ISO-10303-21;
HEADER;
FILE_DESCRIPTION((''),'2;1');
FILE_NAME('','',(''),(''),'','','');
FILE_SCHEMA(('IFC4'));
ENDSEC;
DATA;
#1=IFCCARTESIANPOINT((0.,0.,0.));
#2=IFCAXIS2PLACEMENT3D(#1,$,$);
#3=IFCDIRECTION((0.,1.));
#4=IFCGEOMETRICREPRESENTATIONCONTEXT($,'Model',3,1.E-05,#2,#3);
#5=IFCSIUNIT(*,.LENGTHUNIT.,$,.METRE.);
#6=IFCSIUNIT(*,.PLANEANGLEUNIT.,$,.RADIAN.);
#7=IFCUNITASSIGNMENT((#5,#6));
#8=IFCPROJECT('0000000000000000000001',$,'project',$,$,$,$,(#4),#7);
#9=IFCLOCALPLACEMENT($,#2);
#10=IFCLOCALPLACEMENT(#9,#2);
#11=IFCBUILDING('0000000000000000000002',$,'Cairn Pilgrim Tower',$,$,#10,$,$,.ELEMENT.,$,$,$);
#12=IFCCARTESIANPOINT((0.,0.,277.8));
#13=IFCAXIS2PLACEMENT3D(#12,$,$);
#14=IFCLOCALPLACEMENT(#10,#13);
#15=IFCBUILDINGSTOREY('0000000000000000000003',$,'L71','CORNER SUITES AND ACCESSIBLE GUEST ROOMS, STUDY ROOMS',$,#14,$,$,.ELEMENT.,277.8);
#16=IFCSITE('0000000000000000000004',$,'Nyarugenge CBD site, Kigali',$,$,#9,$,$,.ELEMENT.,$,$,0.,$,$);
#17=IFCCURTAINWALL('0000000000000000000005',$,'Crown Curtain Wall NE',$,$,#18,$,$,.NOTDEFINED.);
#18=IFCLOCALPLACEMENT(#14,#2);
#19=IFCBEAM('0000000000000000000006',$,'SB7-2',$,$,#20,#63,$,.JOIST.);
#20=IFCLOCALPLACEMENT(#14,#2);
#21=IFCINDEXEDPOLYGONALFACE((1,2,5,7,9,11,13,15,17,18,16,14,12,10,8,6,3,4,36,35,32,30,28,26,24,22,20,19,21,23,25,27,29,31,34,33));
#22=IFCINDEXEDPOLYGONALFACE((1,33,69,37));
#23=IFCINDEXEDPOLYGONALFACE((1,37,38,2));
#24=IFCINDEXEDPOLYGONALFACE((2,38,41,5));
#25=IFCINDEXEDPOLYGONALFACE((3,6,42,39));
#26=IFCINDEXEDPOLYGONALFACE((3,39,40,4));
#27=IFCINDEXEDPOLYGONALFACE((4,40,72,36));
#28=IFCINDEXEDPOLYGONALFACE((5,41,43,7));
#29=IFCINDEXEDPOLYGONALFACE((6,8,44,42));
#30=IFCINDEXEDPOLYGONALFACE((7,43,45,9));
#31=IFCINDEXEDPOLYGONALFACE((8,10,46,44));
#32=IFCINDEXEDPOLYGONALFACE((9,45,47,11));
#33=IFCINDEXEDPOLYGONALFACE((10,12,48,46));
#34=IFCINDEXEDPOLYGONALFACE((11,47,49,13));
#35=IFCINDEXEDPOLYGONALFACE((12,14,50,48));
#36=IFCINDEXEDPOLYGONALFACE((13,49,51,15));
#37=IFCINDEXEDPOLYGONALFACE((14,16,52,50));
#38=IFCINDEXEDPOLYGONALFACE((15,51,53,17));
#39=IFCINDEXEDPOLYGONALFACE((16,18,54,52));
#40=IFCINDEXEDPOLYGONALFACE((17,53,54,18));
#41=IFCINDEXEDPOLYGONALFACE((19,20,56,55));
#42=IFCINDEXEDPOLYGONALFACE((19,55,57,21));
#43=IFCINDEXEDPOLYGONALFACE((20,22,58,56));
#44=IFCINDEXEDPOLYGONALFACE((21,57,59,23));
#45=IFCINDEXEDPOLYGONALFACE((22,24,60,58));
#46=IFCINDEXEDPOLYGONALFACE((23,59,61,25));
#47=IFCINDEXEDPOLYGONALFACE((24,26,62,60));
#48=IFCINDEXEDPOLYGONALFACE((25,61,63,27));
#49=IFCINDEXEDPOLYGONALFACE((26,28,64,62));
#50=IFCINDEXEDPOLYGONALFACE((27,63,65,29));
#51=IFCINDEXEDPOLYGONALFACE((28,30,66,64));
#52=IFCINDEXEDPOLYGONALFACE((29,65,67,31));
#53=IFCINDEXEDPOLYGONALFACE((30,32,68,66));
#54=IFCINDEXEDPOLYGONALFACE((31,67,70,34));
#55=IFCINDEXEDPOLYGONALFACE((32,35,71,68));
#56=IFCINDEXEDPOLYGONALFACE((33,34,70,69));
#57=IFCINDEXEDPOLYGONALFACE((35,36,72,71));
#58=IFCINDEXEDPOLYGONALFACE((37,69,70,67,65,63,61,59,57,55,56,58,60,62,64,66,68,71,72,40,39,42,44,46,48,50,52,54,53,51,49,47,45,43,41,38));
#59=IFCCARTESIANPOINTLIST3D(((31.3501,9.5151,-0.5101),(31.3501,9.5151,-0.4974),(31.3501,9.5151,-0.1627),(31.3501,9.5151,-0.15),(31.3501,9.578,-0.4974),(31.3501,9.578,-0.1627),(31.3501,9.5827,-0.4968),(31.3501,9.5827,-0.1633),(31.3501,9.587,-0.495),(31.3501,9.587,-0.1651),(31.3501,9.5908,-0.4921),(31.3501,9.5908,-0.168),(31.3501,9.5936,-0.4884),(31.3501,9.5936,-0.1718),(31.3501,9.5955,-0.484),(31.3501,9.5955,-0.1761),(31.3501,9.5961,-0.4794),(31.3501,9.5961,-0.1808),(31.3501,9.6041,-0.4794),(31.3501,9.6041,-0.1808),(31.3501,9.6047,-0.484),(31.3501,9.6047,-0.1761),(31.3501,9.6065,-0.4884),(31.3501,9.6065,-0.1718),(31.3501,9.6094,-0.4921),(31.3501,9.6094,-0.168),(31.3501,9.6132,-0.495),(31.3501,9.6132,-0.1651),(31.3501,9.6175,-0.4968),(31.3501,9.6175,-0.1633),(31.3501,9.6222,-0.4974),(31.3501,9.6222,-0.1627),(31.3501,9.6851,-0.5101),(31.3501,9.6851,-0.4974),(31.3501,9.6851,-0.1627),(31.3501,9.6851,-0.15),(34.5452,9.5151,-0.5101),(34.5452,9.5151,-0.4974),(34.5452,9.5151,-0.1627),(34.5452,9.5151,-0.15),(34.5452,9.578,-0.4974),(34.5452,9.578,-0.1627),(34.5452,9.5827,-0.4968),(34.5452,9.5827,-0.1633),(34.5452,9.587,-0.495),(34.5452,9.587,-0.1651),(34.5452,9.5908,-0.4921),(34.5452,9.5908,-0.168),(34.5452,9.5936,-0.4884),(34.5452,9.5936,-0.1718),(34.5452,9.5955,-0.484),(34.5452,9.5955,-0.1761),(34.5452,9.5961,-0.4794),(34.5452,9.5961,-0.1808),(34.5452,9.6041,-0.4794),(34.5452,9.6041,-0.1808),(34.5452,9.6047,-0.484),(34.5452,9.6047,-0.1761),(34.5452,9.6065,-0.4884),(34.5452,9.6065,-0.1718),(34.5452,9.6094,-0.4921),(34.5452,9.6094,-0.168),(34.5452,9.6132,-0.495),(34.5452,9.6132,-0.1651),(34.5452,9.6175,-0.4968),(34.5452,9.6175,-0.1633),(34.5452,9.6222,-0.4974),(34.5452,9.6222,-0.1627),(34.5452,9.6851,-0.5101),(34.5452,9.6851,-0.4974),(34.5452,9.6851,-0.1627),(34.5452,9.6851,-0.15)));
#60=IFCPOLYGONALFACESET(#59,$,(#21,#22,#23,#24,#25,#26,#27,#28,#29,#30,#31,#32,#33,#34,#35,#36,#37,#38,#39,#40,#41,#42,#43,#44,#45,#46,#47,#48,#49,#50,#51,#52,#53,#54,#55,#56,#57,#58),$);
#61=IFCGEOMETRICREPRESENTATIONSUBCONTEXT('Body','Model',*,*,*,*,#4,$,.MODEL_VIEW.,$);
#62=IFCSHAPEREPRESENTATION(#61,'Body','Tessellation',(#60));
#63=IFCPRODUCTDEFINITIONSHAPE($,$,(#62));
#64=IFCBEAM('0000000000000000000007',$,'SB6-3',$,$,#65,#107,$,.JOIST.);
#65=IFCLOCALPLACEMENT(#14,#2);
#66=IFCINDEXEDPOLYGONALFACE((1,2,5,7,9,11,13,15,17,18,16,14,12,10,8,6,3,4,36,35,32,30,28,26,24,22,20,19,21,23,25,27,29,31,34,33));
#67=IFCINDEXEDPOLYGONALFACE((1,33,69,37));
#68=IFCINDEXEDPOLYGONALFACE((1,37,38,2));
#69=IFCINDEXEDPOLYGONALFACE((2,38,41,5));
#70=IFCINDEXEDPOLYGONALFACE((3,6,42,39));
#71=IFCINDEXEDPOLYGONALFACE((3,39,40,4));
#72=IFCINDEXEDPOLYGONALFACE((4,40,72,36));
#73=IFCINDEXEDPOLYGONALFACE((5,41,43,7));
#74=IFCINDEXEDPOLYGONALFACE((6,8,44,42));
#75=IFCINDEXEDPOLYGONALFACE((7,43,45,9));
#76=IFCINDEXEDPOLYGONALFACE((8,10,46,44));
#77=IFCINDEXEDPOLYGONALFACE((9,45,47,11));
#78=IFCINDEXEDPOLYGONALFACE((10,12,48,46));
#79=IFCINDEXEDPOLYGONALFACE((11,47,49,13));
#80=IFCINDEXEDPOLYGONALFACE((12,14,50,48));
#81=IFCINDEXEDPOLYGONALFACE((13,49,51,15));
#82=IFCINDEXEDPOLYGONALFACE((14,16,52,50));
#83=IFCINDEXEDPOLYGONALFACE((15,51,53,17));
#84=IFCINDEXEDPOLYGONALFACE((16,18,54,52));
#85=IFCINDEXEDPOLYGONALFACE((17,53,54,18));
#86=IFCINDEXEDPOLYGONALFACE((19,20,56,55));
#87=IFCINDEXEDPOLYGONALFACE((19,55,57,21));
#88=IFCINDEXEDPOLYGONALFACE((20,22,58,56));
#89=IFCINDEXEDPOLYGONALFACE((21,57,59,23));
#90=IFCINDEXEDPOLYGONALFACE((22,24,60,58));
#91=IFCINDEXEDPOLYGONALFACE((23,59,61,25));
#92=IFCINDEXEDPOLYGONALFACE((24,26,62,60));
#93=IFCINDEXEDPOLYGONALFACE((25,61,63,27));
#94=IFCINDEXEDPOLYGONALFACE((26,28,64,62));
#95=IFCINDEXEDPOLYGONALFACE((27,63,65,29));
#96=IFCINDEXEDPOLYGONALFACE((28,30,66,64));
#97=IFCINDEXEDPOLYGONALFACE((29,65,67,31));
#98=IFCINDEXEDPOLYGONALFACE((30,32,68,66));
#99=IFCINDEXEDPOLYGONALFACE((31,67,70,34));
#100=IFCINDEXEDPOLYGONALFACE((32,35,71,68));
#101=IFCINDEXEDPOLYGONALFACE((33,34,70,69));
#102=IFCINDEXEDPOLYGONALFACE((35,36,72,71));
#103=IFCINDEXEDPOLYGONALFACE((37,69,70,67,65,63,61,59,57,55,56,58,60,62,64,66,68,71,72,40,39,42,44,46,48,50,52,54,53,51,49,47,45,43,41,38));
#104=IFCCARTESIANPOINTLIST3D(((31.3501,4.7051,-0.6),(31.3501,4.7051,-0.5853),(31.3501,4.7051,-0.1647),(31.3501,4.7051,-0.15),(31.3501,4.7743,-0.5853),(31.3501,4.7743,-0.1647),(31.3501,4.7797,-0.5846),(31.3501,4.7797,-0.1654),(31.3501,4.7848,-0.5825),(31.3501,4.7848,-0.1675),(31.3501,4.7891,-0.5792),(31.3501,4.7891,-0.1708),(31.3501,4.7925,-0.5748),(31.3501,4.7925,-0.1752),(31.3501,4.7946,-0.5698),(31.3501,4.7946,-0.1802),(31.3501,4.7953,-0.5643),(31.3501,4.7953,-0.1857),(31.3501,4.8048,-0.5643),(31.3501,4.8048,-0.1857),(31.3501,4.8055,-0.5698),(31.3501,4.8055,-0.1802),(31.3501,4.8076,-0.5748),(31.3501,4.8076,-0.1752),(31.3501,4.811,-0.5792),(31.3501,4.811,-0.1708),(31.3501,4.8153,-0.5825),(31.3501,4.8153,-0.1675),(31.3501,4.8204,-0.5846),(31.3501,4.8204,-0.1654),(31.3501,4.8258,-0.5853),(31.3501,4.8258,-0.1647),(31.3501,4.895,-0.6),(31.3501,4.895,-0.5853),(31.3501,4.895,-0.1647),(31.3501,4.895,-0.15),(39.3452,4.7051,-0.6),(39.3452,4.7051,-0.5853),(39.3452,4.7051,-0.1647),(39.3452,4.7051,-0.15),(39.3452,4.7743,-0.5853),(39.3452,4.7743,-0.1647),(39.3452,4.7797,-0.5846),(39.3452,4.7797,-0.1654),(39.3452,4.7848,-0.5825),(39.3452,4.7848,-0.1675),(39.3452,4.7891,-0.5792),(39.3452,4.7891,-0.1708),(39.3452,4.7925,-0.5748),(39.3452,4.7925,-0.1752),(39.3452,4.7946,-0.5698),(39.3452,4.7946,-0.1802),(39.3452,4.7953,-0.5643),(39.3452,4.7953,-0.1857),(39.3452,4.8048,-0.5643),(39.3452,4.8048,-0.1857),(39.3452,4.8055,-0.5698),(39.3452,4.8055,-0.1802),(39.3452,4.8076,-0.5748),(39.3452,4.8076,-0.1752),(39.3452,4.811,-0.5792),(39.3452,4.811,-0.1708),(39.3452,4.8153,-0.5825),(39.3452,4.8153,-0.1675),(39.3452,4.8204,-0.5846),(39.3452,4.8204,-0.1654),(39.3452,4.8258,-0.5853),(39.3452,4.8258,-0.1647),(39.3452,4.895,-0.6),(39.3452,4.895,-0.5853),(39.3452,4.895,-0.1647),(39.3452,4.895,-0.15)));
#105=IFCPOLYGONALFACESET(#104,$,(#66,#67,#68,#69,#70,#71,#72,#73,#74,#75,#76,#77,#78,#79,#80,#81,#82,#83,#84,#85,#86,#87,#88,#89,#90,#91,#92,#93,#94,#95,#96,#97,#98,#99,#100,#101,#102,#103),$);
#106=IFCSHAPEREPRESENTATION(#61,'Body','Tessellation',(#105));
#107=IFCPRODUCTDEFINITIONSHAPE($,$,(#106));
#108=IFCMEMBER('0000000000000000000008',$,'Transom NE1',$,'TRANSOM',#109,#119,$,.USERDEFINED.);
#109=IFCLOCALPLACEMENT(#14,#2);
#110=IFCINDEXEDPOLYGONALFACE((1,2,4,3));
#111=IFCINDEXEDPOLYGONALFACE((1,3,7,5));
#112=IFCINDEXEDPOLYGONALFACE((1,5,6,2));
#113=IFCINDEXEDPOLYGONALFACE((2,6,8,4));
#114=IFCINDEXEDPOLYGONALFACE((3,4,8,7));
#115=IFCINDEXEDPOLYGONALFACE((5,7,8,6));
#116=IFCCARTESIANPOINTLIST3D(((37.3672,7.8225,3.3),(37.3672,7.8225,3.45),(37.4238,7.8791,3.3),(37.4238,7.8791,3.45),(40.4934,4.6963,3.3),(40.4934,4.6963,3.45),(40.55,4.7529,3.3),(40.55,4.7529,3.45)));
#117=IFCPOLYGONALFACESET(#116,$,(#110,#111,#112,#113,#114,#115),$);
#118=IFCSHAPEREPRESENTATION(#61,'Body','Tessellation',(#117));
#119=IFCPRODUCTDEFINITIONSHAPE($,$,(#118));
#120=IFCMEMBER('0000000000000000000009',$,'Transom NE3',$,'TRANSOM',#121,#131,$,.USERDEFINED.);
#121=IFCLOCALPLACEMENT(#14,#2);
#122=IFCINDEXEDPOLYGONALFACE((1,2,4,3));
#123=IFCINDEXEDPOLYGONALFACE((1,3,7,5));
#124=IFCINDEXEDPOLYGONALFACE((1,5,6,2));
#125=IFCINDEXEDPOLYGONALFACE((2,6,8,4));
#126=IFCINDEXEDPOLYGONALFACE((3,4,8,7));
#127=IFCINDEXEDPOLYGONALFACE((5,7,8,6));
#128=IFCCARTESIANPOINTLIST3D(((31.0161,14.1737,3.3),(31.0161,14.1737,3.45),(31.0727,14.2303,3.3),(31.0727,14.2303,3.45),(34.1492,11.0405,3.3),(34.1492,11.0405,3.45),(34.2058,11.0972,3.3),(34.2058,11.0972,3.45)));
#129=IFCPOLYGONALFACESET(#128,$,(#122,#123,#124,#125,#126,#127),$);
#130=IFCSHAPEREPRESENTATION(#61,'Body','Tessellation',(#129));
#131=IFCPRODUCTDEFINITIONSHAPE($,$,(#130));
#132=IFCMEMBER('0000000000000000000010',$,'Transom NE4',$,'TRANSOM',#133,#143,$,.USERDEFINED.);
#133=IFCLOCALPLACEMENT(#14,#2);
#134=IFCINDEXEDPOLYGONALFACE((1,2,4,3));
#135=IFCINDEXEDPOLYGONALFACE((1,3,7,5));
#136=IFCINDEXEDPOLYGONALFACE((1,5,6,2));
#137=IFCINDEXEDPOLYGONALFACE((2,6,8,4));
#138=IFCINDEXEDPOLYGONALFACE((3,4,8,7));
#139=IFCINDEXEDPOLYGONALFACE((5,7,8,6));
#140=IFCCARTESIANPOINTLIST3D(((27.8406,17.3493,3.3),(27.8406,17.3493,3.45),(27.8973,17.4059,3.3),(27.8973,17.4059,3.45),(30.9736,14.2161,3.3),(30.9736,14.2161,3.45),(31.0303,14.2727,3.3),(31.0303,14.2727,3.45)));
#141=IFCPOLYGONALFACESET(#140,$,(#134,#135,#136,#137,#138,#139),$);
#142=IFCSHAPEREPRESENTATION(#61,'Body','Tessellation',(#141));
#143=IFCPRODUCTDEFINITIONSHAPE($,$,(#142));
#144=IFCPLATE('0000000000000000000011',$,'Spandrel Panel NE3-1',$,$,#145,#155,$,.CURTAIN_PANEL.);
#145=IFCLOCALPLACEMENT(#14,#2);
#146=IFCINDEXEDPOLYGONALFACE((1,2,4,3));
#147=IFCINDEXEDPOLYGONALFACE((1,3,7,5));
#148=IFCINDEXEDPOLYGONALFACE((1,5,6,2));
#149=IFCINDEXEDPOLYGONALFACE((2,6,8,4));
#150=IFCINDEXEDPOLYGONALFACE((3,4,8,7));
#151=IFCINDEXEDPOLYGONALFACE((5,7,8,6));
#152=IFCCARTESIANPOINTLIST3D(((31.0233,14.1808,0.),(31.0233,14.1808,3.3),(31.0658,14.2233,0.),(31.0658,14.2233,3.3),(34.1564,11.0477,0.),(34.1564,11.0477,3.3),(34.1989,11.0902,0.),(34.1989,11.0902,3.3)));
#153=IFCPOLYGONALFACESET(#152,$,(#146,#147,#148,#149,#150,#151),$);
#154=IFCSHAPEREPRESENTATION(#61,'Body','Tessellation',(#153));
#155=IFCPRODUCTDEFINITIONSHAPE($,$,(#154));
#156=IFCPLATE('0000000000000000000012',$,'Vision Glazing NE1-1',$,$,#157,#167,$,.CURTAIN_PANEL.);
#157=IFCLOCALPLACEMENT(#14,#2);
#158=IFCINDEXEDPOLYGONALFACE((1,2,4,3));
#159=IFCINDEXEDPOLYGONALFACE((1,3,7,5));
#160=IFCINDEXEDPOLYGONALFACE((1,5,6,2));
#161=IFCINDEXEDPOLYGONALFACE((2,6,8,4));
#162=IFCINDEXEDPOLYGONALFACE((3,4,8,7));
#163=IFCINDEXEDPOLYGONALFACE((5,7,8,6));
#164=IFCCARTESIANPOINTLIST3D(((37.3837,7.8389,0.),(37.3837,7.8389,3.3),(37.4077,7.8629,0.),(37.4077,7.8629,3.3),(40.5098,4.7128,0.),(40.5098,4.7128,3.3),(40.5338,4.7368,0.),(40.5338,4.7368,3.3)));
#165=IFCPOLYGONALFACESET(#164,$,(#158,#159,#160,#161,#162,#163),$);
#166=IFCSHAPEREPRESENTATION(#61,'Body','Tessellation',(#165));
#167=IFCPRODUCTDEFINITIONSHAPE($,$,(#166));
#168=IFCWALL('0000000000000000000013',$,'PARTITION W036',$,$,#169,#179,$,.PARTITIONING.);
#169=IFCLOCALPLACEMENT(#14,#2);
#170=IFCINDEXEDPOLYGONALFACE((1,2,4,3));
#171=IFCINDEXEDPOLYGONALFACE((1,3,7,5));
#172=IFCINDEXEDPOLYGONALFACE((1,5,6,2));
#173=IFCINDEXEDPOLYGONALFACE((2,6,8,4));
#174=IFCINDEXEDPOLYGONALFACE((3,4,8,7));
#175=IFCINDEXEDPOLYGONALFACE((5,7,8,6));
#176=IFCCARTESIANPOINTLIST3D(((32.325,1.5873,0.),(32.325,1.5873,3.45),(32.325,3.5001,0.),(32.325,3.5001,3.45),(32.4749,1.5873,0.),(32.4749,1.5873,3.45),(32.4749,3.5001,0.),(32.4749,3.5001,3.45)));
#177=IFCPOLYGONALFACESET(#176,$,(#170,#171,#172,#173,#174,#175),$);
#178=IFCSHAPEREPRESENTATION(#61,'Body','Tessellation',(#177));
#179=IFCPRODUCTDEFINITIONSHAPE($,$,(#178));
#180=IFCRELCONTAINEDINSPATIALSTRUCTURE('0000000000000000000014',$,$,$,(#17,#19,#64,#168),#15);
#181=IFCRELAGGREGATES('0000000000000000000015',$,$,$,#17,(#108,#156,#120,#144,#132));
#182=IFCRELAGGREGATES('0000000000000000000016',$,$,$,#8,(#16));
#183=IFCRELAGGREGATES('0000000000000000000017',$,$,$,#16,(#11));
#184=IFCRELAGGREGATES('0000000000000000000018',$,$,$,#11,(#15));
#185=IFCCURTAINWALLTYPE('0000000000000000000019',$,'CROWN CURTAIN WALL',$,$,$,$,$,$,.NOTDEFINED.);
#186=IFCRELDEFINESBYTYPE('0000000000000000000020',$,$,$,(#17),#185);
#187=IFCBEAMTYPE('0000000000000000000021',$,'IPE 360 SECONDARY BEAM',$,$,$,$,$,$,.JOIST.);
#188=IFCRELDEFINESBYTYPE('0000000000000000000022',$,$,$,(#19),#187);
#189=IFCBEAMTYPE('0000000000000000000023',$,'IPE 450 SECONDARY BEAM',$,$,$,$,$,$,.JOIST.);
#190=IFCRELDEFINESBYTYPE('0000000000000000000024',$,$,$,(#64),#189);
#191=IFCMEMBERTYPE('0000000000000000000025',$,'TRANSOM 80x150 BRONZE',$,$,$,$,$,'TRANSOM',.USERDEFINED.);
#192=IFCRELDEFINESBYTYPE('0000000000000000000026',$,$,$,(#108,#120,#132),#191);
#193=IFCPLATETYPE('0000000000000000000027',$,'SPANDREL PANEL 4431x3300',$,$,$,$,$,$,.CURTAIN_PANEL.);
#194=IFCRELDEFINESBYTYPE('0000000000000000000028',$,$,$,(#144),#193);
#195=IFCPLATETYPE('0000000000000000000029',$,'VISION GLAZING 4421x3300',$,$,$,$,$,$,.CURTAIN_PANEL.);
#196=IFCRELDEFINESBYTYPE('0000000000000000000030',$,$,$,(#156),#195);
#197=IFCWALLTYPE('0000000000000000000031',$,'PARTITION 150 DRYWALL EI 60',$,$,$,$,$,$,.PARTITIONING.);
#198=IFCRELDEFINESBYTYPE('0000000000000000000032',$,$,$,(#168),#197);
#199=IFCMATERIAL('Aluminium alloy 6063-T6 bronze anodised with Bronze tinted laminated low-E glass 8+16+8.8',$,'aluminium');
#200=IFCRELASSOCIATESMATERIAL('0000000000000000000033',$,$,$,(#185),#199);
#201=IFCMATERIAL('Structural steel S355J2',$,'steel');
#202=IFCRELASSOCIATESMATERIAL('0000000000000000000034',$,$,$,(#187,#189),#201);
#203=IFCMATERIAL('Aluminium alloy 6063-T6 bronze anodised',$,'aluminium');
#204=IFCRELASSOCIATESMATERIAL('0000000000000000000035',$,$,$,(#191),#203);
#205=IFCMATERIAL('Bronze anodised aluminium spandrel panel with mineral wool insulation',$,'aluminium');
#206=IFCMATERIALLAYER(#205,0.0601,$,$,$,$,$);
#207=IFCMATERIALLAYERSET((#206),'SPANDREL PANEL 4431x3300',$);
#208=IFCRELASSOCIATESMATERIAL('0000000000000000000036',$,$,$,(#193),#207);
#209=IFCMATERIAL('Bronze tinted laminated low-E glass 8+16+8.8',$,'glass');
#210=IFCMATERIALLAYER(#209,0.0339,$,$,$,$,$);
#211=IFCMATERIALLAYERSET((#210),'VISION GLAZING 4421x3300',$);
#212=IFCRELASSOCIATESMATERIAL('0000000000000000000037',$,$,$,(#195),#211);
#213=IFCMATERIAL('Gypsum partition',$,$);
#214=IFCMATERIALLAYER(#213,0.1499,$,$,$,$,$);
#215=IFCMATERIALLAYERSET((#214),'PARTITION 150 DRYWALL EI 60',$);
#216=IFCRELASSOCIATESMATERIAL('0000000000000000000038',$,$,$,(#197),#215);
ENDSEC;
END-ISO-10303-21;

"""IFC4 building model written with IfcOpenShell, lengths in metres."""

from ifc_helpers import new_model, si_unit, direction, frame, frame_2d, origin, origin_2d, place, context, subcontext, project, spatial, rectangle, i_section, extrude, material, layer, layer_set, material_profile, profile_set, type_object, element, aggregate, save


model = new_model("IFC4")

# Units and contexts
model_context = context("Model", 3, precision=1e-05, world=origin(), true_north=direction((0.0, 1.0)))
body_context = subcontext(model_context, "Body", "Model", "MODEL_VIEW")
ifc_project = project(units=[si_unit("LENGTHUNIT", "METRE"), si_unit("PLANEANGLEUNIT", "RADIAN")], contexts=[model_context])

# Site, building, storey
site_placement = place(None, origin())
site = spatial("IfcSite", under=ifc_project, at=site_placement, Name="Nyarugenge CBD site, Kigali", CompositionType="ELEMENT", RefElevation=0.0)
building_placement = place(site_placement, origin())
building = spatial("IfcBuilding", under=site, at=building_placement, Name="Cairn Pilgrim Tower", CompositionType="ELEMENT")
storey_placement = place(building_placement, frame((0.0, 0.0, 277.8)))
storey = spatial("IfcBuildingStorey", under=building, at=storey_placement, Name="L71", Description="CORNER SUITES AND ACCESSIBLE GUEST ROOMS, STUDY ROOMS", CompositionType="ELEMENT", Elevation=277.8)

# Shared definitions
ifc_material_1 = material(Name="Structural steel S355J2", Category="steel")

# Curtain wall
ifc_material_2 = material(Name="Aluminium alloy 6063-T6 bronze anodised with Bronze tinted laminated low-E glass 8+16+8.8", Category="aluminium")
curtain_wall_type = type_object("IfcCurtainWallType", Name="CROWN CURTAIN WALL", PredefinedType="NOTDEFINED", material=ifc_material_2)
curtain_wall_placement = place(storey_placement, origin())
curtain_wall = element("IfcCurtainWall", 1, at=curtain_wall_placement, inside=storey, type_object=curtain_wall_type, Name="Crown Curtain Wall NE", PredefinedType="NOTDEFINED")
ifc_material_3 = material(Name="Aluminium alloy 6063-T6 bronze anodised", Category="aluminium")

# Beams
ifc_material_profile_1 = material_profile(ifc_material_1, i_section(OverallWidth=0.1699, OverallDepth=0.3601, WebThickness=0.0081, FlangeThickness=0.0127, FilletRadius=0.0181, at=origin_2d()), Name="IPE 360")
ifc_profile_set_1 = profile_set([ifc_material_profile_1], Name="Structural steel S355J2")
beam_type_1 = type_object("IfcBeamType", Name="IPE 360 SECONDARY BEAM", PredefinedType="JOIST", material=ifc_profile_set_1)
beam_1_placement = place(storey_placement, frame((31.3501, 9.6001, -0.3301), z_axis=(1.0, 0.0, 0.0), x_axis=(0.0, 1.0, 0.0)))
element("IfcBeam", 2, at=beam_1_placement, inside=storey, type_object=beam_type_1, Name="SB7-2", PredefinedType="JOIST", context=body_context, shape_type="SweptSolid", body=[
    extrude(i_section(OverallWidth=0.1699, OverallDepth=0.3601, WebThickness=0.0081, FlangeThickness=0.0127, FilletRadius=0.0181, at=origin_2d()), origin(), (0.0, 0.0, 1.0), 3.1951),
])
ifc_material_profile_2 = material_profile(ifc_material_1, i_section(OverallWidth=0.1899, OverallDepth=0.45, WebThickness=0.0095, FlangeThickness=0.0146, FilletRadius=0.021, at=origin_2d()), Name="IPE 450")
ifc_profile_set_2 = profile_set([ifc_material_profile_2], Name="Structural steel S355J2")
beam_type_2 = type_object("IfcBeamType", Name="IPE 450 SECONDARY BEAM", PredefinedType="JOIST", material=ifc_profile_set_2)
beam_2_placement = place(storey_placement, frame((31.3501, 4.8, -0.375), z_axis=(1.0, 0.0, 0.0), x_axis=(0.0, 1.0, 0.0)))
element("IfcBeam", 3, at=beam_2_placement, inside=storey, type_object=beam_type_2, Name="SB6-3", PredefinedType="JOIST", context=body_context, shape_type="SweptSolid", body=[
    extrude(i_section(OverallWidth=0.1899, OverallDepth=0.45, WebThickness=0.0095, FlangeThickness=0.0146, FilletRadius=0.021, at=origin_2d()), origin(), (0.0, 0.0, 1.0), 7.9951),
])

# Members
ifc_material_profile_3 = material_profile(ifc_material_3, rectangle(XDim=0.0801, YDim=0.1499, at=origin_2d()), Name="TRANSOM 80x150 BRONZE")
ifc_profile_set_3 = profile_set([ifc_material_profile_3], Name="Aluminium alloy 6063-T6 bronze anodised")
member_type_1 = type_object("IfcMemberType", Name="TRANSOM 80x150 BRONZE", ElementType="TRANSOM", PredefinedType="USERDEFINED", material=ifc_profile_set_3)
member_1_placement = place(storey_placement, frame((40.5217, 4.7246, 3.375), z_axis=(-0.707107, 0.707107, 0.0), x_axis=(-0.707107, -0.707107, 0.0)))
member_1 = element("IfcMember", 4, at=member_1_placement, type_object=member_type_1, Name="Transom NE1", ObjectType="TRANSOM", PredefinedType="USERDEFINED", context=body_context, shape_type="SweptSolid", body=[
    extrude(rectangle(XDim=0.0801, YDim=0.1499, at=origin_2d()), origin(), (0.0, 0.0, 1.0), 4.4211),
])
member_2_placement = place(storey_placement, frame((34.1775, 11.0688, 3.375), z_axis=(-0.707107, 0.707107, 0.0), x_axis=(-0.707107, -0.707107, 0.0)))
member_2 = element("IfcMember", 5, at=member_2_placement, type_object=member_type_1, Name="Transom NE3", ObjectType="TRANSOM", PredefinedType="USERDEFINED", context=body_context, shape_type="SweptSolid", body=[
    extrude(rectangle(XDim=0.0801, YDim=0.1499, at=origin_2d()), origin(), (0.0, 0.0, 1.0), 4.4309),
])
member_3_placement = place(storey_placement, frame((31.002, 14.2444, 3.375), z_axis=(-0.707079, 0.707134, 0.0), x_axis=(-0.707134, -0.707079, 0.0)))
member_3 = element("IfcMember", 6, at=member_3_placement, type_object=member_type_1, Name="Transom NE4", ObjectType="TRANSOM", PredefinedType="USERDEFINED", context=body_context, shape_type="SweptSolid", body=[
    extrude(rectangle(XDim=0.0801, YDim=0.1499, at=origin_2d()), origin(), (0.0, 0.0, 1.0), 4.4309),
])

# Plates
ifc_material_4 = material(Name="Bronze anodised aluminium spandrel panel with mineral wool insulation", Category="aluminium")
ifc_layer_1 = layer(ifc_material_4, 0.0601)
ifc_layer_set_1 = layer_set([ifc_layer_1], Name="SPANDREL PANEL 4431x3300")
plate_type_1 = type_object("IfcPlateType", Name="SPANDREL PANEL 4431x3300", PredefinedType="CURTAIN_PANEL", material=ifc_layer_set_1)
plate_1_placement = place(storey_placement, frame((32.6111, 12.6355, 0.0), z_axis=(0.0, 0.0, 1.0), x_axis=(-0.707107, 0.707107, 0.0)))
plate_1 = element("IfcPlate", 7, at=plate_1_placement, type_object=plate_type_1, Name="Spandrel Panel NE3-1", PredefinedType="CURTAIN_PANEL", context=body_context, shape_type="SweptSolid", body=[
    extrude(rectangle(XDim=4.4309, YDim=0.0601, at=origin_2d()), origin(), (0.0, 0.0, 1.0), 3.3),
])
ifc_material_5 = material(Name="Bronze tinted laminated low-E glass 8+16+8.8", Category="glass")
ifc_layer_2 = layer(ifc_material_5, 0.0339)
ifc_layer_set_2 = layer_set([ifc_layer_2], Name="VISION GLAZING 4421x3300")
plate_type_2 = type_object("IfcPlateType", Name="VISION GLAZING 4421x3300", PredefinedType="CURTAIN_PANEL", material=ifc_layer_set_2)
plate_2_placement = place(storey_placement, frame((38.9587, 6.2878, 0.0), z_axis=(0.0, 0.0, 1.0), x_axis=(-0.707107, 0.707107, 0.0)))
plate_2 = element("IfcPlate", 8, at=plate_2_placement, type_object=plate_type_2, Name="Vision Glazing NE1-1", PredefinedType="CURTAIN_PANEL", context=body_context, shape_type="SweptSolid", body=[
    extrude(rectangle(XDim=4.4209, YDim=0.0339, at=origin_2d()), origin(), (0.0, 0.0, 1.0), 3.3),
])
aggregate(curtain_wall, [member_1, plate_2, member_2, plate_1, member_3])

# Wall
ifc_material_6 = material(Name="Gypsum partition")
ifc_layer_3 = layer(ifc_material_6, 0.1499)
ifc_layer_set_3 = layer_set([ifc_layer_3], Name="PARTITION 150 DRYWALL EI 60")
wall_type_1 = type_object("IfcWallType", Name="PARTITION 150 DRYWALL EI 60", PredefinedType="PARTITIONING", material=ifc_layer_set_3)
wall_1_placement = place(storey_placement, frame((32.3999, 1.5872, 0.0), z_axis=(0.0, 0.0, 1.0), x_axis=(0.0, 1.0, 0.0)))
element("IfcWall", 9, at=wall_1_placement, inside=storey, type_object=wall_type_1, Name="PARTITION W036", PredefinedType="PARTITIONING", context=body_context, shape_type="SweptSolid", body=[
    extrude(rectangle(XDim=1.9128, YDim=0.1499, at=frame_2d((0.9565, 0.0))), origin(), (0.0, 0.0, 1.0), 3.45),
])

save(model, "model.ifc")
